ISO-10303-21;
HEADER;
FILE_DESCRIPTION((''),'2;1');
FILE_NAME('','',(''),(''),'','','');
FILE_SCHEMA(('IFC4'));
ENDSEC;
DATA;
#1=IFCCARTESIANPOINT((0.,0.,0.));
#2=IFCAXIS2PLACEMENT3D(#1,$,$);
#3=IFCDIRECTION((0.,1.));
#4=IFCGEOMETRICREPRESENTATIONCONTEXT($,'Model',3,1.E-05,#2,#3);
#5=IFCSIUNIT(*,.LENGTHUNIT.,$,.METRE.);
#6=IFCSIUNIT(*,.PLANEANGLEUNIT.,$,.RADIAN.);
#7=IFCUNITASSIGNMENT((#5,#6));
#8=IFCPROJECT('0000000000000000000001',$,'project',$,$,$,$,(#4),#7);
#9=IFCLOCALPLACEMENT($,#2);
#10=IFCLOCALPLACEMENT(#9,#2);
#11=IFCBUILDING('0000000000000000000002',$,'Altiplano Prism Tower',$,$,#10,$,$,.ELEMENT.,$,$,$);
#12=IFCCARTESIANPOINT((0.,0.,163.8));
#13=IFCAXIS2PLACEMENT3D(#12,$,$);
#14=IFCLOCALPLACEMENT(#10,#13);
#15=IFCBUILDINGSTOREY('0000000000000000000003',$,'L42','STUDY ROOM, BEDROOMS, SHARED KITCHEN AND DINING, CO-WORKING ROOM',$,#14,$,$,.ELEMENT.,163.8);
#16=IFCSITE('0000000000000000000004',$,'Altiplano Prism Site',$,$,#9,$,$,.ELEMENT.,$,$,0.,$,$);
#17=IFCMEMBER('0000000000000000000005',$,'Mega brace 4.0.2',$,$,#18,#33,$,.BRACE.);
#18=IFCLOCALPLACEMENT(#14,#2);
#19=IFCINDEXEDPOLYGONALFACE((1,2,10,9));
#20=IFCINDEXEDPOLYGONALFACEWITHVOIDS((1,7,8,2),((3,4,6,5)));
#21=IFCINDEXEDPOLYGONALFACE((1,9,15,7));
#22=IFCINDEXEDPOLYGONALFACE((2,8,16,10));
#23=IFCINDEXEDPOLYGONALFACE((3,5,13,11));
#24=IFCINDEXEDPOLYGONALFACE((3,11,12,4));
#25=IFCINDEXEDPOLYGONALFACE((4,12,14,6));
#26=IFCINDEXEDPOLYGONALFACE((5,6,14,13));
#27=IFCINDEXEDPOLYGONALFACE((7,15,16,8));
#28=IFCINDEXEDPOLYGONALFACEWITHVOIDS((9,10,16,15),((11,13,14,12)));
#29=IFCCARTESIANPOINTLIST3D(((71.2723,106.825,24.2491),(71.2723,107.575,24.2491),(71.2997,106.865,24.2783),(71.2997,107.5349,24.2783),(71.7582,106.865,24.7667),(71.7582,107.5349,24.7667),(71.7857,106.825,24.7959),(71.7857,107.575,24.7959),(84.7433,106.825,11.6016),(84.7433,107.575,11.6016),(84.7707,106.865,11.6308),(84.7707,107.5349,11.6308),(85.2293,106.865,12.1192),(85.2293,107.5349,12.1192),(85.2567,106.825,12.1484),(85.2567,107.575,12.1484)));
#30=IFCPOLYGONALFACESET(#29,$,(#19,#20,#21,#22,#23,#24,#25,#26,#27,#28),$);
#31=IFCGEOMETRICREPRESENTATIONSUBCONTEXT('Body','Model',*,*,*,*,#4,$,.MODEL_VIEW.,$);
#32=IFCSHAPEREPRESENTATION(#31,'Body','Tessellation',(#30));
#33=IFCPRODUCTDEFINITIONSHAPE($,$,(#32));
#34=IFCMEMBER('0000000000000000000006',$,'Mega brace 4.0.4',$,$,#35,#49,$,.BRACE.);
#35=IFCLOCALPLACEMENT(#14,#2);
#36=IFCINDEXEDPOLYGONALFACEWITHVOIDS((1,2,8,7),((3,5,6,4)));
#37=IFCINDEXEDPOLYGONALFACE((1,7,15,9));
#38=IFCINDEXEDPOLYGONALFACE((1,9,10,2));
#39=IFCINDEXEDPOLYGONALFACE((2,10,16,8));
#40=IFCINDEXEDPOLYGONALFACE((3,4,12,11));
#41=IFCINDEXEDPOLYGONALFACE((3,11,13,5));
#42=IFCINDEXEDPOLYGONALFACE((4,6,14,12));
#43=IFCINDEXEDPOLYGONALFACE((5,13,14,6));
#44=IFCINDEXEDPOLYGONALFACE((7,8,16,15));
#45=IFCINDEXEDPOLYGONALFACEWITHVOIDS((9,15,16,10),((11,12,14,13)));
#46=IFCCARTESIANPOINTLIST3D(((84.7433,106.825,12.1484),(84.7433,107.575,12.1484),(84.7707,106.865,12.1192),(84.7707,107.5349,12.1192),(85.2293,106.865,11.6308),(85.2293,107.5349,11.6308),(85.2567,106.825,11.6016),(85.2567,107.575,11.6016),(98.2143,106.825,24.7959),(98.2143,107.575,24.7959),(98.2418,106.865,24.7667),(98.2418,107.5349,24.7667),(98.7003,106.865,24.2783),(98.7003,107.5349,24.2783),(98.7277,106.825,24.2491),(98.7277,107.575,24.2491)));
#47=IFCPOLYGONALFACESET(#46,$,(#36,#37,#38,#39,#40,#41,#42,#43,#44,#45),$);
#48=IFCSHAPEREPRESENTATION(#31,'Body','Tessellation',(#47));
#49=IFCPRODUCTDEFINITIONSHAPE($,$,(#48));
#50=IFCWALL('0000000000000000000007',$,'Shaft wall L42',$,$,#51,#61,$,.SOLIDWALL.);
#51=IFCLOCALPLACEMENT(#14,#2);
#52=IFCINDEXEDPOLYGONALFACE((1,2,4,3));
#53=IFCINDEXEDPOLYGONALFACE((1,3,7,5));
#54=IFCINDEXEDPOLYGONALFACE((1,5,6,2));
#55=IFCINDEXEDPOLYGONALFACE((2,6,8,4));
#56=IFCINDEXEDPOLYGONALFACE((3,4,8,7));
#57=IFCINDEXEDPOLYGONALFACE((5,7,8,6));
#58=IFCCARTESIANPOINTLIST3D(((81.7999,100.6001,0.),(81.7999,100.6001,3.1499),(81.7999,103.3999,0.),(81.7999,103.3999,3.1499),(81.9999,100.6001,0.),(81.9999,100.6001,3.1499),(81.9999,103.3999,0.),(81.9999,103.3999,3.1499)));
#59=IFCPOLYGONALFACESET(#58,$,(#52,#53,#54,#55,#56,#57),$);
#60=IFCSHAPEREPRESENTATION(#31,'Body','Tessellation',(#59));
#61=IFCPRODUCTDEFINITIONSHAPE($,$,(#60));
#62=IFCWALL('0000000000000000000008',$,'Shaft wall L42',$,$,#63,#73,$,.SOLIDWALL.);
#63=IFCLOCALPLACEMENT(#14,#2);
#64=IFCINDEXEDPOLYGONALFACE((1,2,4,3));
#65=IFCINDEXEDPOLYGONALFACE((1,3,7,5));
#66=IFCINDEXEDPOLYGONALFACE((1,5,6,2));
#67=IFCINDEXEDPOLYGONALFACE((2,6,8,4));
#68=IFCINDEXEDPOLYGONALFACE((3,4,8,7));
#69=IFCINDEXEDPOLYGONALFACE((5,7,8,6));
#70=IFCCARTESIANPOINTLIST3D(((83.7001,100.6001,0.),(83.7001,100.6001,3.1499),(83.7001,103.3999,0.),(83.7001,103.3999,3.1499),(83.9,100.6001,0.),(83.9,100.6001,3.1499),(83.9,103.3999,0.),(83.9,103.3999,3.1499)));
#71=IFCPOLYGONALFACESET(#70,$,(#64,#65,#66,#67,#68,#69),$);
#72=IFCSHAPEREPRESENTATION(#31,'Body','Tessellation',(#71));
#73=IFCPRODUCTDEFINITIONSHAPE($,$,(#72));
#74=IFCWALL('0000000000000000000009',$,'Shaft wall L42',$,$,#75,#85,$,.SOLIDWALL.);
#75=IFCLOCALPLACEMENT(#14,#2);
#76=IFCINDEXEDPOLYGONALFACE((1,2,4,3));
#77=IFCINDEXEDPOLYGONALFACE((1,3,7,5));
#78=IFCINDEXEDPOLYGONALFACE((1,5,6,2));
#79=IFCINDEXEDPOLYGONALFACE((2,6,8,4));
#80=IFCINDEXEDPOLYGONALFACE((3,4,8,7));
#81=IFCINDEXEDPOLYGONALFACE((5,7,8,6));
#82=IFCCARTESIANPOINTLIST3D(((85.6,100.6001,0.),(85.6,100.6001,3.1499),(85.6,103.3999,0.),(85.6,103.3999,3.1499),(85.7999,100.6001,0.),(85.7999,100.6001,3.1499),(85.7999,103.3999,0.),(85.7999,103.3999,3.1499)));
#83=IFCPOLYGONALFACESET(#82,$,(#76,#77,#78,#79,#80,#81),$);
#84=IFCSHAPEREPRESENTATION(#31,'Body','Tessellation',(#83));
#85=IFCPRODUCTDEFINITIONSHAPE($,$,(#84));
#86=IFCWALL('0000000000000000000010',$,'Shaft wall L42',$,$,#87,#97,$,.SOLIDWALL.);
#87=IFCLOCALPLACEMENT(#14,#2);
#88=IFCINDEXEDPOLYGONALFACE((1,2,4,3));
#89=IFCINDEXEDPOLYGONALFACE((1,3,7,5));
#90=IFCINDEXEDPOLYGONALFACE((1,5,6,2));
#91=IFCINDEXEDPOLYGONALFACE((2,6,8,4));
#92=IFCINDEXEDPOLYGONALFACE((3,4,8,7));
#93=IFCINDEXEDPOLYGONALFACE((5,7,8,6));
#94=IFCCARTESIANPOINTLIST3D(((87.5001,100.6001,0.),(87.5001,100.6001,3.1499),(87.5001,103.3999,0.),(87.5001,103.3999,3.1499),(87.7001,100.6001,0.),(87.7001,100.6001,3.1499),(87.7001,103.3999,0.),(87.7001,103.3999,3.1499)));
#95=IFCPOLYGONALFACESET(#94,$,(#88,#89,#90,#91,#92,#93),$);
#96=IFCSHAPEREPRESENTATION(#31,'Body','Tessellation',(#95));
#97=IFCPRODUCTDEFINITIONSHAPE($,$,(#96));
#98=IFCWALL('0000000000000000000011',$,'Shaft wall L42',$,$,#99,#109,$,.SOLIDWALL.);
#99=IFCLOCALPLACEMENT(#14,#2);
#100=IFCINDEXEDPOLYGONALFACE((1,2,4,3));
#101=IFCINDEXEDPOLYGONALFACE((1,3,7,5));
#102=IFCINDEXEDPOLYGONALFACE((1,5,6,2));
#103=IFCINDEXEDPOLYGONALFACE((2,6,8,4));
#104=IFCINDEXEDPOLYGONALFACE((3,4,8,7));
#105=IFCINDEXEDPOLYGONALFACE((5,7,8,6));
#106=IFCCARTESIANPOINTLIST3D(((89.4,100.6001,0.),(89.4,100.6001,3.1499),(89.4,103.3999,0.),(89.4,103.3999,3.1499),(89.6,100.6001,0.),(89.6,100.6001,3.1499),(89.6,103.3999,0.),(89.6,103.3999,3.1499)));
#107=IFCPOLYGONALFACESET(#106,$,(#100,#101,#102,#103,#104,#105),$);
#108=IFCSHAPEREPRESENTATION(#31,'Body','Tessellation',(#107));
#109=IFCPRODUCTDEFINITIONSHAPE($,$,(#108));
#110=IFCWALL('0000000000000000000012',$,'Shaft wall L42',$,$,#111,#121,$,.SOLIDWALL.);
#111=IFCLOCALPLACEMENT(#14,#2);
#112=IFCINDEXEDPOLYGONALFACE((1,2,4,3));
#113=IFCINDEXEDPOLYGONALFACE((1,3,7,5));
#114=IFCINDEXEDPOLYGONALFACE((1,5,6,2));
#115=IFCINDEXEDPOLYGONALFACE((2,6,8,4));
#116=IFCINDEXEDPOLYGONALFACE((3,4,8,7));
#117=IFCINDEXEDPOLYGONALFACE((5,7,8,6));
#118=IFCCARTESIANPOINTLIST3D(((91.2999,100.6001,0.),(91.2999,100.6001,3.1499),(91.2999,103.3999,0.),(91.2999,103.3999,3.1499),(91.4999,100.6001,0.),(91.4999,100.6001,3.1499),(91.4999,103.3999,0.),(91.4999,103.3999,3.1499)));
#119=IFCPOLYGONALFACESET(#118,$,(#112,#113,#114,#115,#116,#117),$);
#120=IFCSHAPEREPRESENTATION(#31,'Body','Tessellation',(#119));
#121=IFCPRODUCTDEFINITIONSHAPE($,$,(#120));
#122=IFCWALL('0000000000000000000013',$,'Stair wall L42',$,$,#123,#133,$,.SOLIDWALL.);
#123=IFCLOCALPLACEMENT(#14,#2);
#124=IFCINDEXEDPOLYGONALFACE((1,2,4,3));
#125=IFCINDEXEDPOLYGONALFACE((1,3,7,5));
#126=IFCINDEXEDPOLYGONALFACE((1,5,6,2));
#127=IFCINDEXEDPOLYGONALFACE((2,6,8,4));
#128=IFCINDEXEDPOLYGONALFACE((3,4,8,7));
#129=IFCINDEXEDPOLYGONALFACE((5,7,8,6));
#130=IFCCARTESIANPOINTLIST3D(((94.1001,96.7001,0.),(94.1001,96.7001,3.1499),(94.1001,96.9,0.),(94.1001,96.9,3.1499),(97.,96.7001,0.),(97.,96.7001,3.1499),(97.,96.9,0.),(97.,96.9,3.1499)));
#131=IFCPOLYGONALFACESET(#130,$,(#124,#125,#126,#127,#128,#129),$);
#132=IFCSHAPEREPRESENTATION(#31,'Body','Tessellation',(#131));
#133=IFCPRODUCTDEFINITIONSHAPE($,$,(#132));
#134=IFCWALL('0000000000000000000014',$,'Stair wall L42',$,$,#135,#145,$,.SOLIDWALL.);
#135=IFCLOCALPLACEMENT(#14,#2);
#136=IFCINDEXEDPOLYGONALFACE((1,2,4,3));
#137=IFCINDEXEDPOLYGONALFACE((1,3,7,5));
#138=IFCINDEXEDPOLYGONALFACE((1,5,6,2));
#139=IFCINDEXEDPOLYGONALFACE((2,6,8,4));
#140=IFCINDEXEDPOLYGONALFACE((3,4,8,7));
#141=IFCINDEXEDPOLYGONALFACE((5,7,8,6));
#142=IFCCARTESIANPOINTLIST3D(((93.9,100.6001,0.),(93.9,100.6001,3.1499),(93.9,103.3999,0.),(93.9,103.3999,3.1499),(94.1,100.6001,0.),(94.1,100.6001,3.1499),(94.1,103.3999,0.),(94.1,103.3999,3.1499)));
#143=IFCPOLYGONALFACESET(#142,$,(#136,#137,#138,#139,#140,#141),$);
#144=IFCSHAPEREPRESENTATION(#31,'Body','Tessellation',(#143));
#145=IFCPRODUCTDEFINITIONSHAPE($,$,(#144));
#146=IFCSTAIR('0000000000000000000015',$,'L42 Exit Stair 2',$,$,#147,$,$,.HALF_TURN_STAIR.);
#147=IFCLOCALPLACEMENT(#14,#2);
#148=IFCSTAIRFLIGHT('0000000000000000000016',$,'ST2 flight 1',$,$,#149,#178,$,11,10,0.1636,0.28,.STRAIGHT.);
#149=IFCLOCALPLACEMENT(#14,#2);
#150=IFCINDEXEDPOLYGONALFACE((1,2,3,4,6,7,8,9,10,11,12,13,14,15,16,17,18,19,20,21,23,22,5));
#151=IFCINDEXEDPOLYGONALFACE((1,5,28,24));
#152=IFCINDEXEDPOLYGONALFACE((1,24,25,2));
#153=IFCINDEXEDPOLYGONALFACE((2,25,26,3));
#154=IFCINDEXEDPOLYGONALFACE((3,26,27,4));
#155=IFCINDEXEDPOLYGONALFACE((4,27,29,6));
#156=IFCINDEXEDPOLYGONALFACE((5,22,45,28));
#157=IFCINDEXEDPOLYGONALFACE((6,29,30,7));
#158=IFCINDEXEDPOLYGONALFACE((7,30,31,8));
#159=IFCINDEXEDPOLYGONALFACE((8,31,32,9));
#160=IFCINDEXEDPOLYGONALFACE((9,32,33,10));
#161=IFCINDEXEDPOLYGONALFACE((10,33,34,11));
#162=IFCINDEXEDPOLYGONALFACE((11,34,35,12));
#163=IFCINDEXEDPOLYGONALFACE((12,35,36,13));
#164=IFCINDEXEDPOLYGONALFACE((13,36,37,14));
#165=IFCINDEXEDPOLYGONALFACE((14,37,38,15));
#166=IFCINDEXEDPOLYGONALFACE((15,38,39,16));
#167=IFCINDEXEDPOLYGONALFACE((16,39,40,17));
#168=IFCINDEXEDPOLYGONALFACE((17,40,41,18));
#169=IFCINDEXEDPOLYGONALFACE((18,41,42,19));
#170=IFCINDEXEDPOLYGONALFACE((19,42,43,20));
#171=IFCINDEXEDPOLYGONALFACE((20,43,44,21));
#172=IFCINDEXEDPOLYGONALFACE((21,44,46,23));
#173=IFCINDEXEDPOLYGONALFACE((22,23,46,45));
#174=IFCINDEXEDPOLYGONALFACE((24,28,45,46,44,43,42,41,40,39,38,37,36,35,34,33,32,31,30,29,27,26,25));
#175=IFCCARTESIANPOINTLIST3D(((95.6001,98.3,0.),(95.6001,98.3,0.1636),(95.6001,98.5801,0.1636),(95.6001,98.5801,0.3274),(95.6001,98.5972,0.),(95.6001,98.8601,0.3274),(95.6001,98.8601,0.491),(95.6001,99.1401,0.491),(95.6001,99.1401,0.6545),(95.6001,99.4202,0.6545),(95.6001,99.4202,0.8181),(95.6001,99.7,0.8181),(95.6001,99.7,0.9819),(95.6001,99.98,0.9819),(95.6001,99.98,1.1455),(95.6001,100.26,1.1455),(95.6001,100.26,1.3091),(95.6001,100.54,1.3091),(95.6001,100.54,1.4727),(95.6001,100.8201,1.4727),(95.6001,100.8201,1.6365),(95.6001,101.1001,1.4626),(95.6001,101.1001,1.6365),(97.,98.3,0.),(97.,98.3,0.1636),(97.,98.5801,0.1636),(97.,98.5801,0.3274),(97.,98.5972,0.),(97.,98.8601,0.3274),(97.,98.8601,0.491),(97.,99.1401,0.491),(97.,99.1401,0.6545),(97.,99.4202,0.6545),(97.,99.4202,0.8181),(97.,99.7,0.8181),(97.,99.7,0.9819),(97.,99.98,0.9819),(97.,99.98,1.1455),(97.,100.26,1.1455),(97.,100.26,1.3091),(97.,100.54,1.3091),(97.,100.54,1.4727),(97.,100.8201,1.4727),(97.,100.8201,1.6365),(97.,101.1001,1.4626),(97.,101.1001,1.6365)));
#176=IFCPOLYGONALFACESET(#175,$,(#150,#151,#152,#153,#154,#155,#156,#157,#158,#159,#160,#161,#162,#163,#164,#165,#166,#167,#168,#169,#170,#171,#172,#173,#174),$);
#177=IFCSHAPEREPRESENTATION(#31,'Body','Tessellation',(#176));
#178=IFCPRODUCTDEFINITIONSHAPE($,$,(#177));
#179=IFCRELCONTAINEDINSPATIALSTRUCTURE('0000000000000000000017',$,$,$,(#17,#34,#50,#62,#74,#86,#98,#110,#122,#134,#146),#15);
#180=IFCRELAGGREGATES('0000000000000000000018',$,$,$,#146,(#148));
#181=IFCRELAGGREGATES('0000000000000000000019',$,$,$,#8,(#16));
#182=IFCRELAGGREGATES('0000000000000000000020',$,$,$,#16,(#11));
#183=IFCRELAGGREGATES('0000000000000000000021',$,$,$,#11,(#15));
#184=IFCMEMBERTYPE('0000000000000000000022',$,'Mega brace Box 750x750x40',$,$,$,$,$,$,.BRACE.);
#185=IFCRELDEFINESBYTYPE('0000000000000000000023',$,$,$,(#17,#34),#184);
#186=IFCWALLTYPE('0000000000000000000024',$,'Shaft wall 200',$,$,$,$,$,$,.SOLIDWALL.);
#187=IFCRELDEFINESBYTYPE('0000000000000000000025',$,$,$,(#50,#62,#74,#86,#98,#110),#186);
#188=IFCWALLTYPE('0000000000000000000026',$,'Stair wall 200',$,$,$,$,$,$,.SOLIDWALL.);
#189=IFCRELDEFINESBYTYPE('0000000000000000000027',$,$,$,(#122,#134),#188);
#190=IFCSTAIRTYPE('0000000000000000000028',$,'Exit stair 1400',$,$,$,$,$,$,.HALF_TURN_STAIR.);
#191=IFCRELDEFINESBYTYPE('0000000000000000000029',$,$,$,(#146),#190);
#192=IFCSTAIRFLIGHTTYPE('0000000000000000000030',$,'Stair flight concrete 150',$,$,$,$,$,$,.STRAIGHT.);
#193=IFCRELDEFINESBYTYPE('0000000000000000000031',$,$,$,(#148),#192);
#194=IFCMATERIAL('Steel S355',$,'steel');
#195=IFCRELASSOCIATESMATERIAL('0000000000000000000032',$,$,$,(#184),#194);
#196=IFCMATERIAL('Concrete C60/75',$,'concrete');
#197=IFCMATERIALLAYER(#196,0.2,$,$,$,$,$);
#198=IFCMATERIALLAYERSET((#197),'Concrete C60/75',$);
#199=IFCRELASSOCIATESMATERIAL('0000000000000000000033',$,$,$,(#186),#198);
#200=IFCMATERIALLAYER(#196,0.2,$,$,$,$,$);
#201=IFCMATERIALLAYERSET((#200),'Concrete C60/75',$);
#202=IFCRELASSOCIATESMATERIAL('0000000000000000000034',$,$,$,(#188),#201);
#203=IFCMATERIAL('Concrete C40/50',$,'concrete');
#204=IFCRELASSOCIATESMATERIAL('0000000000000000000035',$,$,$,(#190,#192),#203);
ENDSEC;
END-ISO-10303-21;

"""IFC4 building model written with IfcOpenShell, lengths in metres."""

from ifc_helpers import new_model, si_unit, direction, frame, frame_2d, origin, origin_2d, place, context, subcontext, project, spatial, polyline, rectangle, hollow_rectangle, outline, extrude, material, layer, layer_set, material_profile, profile_set, type_object, element, aggregate, save


model = new_model("IFC4")

# Units and contexts
model_context = context("Model", 3, precision=1e-05, world=origin(), true_north=direction((0.0, 1.0)))
body_context = subcontext(model_context, "Body", "Model", "MODEL_VIEW")
ifc_project = project(units=[si_unit("LENGTHUNIT", "METRE"), si_unit("PLANEANGLEUNIT", "RADIAN")], contexts=[model_context])

# Site, building, storey
site_placement = place(None, origin())
site = spatial("IfcSite", under=ifc_project, at=site_placement, Name="Altiplano Prism Site", CompositionType="ELEMENT", RefElevation=0.0)
building_placement = place(site_placement, origin())
building = spatial("IfcBuilding", under=site, at=building_placement, Name="Altiplano Prism Tower", CompositionType="ELEMENT")
storey_placement = place(building_placement, frame((0.0, 0.0, 163.8)))
storey = spatial("IfcBuildingStorey", under=building, at=storey_placement, Name="L42", Description="STUDY ROOM, BEDROOMS, SHARED KITCHEN AND DINING, CO-WORKING ROOM", CompositionType="ELEMENT", Elevation=163.8)

# Members
ifc_material_1 = material(Name="Steel S355", Category="steel")
ifc_material_profile = material_profile(ifc_material_1, hollow_rectangle(XDim=0.75, YDim=0.75, WallThickness=0.04, at=origin_2d()), Name="Mega brace Box 750x750x40")
ifc_profile_set = profile_set([ifc_material_profile], Name="Steel S355")
member_type = type_object("IfcMemberType", Name="Mega brace Box 750x750x40", PredefinedType="BRACE", material=ifc_profile_set)
for number, where, z_axis, x_axis, name in (
    (1, (85.0, 107.2, 11.875), (-0.729039, 0.0, 0.684472), (0.0, -1.0, 0.0), "Mega brace 4.0.2"),
    (2, (85.0, 107.2, 11.875), (0.729039, 0.0, 0.684472), (0.0, 1.0, 0.0), "Mega brace 4.0.4"),
):
    element("IfcMember", number, at=place(storey_placement, frame(where, z_axis=z_axis, x_axis=x_axis)), inside=storey, type_object=member_type, Name=name, PredefinedType="BRACE", context=body_context, shape_type="SweptSolid", body=[
        extrude(hollow_rectangle(XDim=0.75, YDim=0.75, WallThickness=0.04, at=origin_2d()), origin(), (0.0, 0.0, 1.0), 18.4778),
    ])

# Walls
ifc_material_2 = material(Name="Concrete C60/75", Category="concrete")
ifc_layer_1 = layer(ifc_material_2, 0.2)
ifc_layer_set_1 = layer_set([ifc_layer_1], Name="Concrete C60/75")
wall_type_1 = type_object("IfcWallType", Name="Shaft wall 200", PredefinedType="SOLIDWALL", material=ifc_layer_set_1)
for number, where, z_axis, x_axis, name in (
    (3, (81.8999, 100.6001, 0.0), (0.0, 0.0, 1.0), (0.0, 1.0, 0.0), "Shaft wall L42"),
    (4, (83.8, 100.6001, 0.0), (0.0, 0.0, 1.0), (0.0, 1.0, 0.0), "Shaft wall L42"),
    (5, (85.7, 100.6001, 0.0), (0.0, 0.0, 1.0), (0.0, 1.0, 0.0), "Shaft wall L42"),
    (6, (87.6001, 100.6001, 0.0), (0.0, 0.0, 1.0), (0.0, 1.0, 0.0), "Shaft wall L42"),
    (7, (89.5, 100.6001, 0.0), (0.0, 0.0, 1.0), (0.0, 1.0, 0.0), "Shaft wall L42"),
    (8, (91.3999, 100.6001, 0.0), (0.0, 0.0, 1.0), (0.0, 1.0, 0.0), "Shaft wall L42"),
):
    element("IfcWall", number, at=place(storey_placement, frame(where, z_axis=z_axis, x_axis=x_axis)), inside=storey, type_object=wall_type_1, Name=name, PredefinedType="SOLIDWALL", context=body_context, shape_type="SweptSolid", body=[
        extrude(rectangle(XDim=2.7998, YDim=0.2, at=frame_2d((1.3999, 0.0))), origin(), (0.0, 0.0, 1.0), 3.1499),
    ])
ifc_layer_2 = layer(ifc_material_2, 0.2)
ifc_layer_set_2 = layer_set([ifc_layer_2], Name="Concrete C60/75")
wall_type_2 = type_object("IfcWallType", Name="Stair wall 200", PredefinedType="SOLIDWALL", material=ifc_layer_set_2)
wall_1_placement = place(storey_placement, frame((94.1001, 96.8, 0.0), z_axis=(0.0, 0.0, 1.0), x_axis=(1.0, 0.0, 0.0)))
element("IfcWall", 9, at=wall_1_placement, inside=storey, type_object=wall_type_2, Name="Stair wall L42", PredefinedType="SOLIDWALL", context=body_context, shape_type="SweptSolid", body=[
    extrude(rectangle(XDim=2.8999, YDim=0.2, at=frame_2d((1.45, 0.0))), origin(), (0.0, 0.0, 1.0), 3.1499),
])
wall_2_placement = place(storey_placement, frame((94.0, 100.6001, 0.0), z_axis=(0.0, 0.0, 1.0), x_axis=(0.0, 1.0, 0.0)))
element("IfcWall", 10, at=wall_2_placement, inside=storey, type_object=wall_type_2, Name="Stair wall L42", PredefinedType="SOLIDWALL", context=body_context, shape_type="SweptSolid", body=[
    extrude(rectangle(XDim=2.7998, YDim=0.2, at=frame_2d((1.3999, 0.0))), origin(), (0.0, 0.0, 1.0), 3.1499),
])

# Stair, stair flight
ifc_material_3 = material(Name="Concrete C40/50", Category="concrete")
stair_type = type_object("IfcStairType", Name="Exit stair 1400", PredefinedType="HALF_TURN_STAIR", material=ifc_material_3)
stair_placement = place(storey_placement, origin())
stair = element("IfcStair", 11, at=stair_placement, inside=storey, type_object=stair_type, Name="L42 Exit Stair 2", PredefinedType="HALF_TURN_STAIR")
stair_flight_type = type_object("IfcStairFlightType", Name="Stair flight concrete 150", PredefinedType="STRAIGHT", material=ifc_material_3)
stair_flight_1_placement = place(storey_placement, frame((96.3, 98.3, 0.0), z_axis=(0.0, 0.0, 1.0), x_axis=(0.0, 1.0, 0.0)))
stair_flight_1 = element("IfcStairFlight", 12, at=stair_flight_1_placement, type_object=stair_flight_type, Name="ST2 flight 1", NumberOfRisers=11, NumberOfTreads=10, PredefinedType="STRAIGHT", RiserHeight=0.1636, TreadLength=0.28, context=body_context, shape_type="SweptSolid", body=[
    extrude(outline(polyline([(0.0, 0.0), (0.0, 0.1636), (0.28, 0.1636), (0.28, 0.3274), (0.5601, 0.3274), (0.5601, 0.491), (0.8401, 0.491), (0.8401, 0.6545), (1.1201, 0.6545), (1.1201, 0.8181), (1.3999, 0.8181), (1.3999, 0.9819), (1.6799, 0.9819), (1.6799, 1.1455), (1.96, 1.1455), (1.96, 1.3091), (2.24, 1.3091), (2.24, 1.4727), (2.52, 1.4727), (2.52, 1.6365), (2.8, 1.6365), (2.8, 1.8), (2.8, 1.4626), (0.2971, 0.0), (0.0, 0.0)])), frame((0.0, 0.7, 0.0), z_axis=(0.0, -1.0, 0.0), x_axis=(1.0, 0.0, 0.0)), (0.0, 0.0, 1.0), 1.3999),
])
aggregate(stair, [stair_flight_1])

save(model, "model.ifc")
